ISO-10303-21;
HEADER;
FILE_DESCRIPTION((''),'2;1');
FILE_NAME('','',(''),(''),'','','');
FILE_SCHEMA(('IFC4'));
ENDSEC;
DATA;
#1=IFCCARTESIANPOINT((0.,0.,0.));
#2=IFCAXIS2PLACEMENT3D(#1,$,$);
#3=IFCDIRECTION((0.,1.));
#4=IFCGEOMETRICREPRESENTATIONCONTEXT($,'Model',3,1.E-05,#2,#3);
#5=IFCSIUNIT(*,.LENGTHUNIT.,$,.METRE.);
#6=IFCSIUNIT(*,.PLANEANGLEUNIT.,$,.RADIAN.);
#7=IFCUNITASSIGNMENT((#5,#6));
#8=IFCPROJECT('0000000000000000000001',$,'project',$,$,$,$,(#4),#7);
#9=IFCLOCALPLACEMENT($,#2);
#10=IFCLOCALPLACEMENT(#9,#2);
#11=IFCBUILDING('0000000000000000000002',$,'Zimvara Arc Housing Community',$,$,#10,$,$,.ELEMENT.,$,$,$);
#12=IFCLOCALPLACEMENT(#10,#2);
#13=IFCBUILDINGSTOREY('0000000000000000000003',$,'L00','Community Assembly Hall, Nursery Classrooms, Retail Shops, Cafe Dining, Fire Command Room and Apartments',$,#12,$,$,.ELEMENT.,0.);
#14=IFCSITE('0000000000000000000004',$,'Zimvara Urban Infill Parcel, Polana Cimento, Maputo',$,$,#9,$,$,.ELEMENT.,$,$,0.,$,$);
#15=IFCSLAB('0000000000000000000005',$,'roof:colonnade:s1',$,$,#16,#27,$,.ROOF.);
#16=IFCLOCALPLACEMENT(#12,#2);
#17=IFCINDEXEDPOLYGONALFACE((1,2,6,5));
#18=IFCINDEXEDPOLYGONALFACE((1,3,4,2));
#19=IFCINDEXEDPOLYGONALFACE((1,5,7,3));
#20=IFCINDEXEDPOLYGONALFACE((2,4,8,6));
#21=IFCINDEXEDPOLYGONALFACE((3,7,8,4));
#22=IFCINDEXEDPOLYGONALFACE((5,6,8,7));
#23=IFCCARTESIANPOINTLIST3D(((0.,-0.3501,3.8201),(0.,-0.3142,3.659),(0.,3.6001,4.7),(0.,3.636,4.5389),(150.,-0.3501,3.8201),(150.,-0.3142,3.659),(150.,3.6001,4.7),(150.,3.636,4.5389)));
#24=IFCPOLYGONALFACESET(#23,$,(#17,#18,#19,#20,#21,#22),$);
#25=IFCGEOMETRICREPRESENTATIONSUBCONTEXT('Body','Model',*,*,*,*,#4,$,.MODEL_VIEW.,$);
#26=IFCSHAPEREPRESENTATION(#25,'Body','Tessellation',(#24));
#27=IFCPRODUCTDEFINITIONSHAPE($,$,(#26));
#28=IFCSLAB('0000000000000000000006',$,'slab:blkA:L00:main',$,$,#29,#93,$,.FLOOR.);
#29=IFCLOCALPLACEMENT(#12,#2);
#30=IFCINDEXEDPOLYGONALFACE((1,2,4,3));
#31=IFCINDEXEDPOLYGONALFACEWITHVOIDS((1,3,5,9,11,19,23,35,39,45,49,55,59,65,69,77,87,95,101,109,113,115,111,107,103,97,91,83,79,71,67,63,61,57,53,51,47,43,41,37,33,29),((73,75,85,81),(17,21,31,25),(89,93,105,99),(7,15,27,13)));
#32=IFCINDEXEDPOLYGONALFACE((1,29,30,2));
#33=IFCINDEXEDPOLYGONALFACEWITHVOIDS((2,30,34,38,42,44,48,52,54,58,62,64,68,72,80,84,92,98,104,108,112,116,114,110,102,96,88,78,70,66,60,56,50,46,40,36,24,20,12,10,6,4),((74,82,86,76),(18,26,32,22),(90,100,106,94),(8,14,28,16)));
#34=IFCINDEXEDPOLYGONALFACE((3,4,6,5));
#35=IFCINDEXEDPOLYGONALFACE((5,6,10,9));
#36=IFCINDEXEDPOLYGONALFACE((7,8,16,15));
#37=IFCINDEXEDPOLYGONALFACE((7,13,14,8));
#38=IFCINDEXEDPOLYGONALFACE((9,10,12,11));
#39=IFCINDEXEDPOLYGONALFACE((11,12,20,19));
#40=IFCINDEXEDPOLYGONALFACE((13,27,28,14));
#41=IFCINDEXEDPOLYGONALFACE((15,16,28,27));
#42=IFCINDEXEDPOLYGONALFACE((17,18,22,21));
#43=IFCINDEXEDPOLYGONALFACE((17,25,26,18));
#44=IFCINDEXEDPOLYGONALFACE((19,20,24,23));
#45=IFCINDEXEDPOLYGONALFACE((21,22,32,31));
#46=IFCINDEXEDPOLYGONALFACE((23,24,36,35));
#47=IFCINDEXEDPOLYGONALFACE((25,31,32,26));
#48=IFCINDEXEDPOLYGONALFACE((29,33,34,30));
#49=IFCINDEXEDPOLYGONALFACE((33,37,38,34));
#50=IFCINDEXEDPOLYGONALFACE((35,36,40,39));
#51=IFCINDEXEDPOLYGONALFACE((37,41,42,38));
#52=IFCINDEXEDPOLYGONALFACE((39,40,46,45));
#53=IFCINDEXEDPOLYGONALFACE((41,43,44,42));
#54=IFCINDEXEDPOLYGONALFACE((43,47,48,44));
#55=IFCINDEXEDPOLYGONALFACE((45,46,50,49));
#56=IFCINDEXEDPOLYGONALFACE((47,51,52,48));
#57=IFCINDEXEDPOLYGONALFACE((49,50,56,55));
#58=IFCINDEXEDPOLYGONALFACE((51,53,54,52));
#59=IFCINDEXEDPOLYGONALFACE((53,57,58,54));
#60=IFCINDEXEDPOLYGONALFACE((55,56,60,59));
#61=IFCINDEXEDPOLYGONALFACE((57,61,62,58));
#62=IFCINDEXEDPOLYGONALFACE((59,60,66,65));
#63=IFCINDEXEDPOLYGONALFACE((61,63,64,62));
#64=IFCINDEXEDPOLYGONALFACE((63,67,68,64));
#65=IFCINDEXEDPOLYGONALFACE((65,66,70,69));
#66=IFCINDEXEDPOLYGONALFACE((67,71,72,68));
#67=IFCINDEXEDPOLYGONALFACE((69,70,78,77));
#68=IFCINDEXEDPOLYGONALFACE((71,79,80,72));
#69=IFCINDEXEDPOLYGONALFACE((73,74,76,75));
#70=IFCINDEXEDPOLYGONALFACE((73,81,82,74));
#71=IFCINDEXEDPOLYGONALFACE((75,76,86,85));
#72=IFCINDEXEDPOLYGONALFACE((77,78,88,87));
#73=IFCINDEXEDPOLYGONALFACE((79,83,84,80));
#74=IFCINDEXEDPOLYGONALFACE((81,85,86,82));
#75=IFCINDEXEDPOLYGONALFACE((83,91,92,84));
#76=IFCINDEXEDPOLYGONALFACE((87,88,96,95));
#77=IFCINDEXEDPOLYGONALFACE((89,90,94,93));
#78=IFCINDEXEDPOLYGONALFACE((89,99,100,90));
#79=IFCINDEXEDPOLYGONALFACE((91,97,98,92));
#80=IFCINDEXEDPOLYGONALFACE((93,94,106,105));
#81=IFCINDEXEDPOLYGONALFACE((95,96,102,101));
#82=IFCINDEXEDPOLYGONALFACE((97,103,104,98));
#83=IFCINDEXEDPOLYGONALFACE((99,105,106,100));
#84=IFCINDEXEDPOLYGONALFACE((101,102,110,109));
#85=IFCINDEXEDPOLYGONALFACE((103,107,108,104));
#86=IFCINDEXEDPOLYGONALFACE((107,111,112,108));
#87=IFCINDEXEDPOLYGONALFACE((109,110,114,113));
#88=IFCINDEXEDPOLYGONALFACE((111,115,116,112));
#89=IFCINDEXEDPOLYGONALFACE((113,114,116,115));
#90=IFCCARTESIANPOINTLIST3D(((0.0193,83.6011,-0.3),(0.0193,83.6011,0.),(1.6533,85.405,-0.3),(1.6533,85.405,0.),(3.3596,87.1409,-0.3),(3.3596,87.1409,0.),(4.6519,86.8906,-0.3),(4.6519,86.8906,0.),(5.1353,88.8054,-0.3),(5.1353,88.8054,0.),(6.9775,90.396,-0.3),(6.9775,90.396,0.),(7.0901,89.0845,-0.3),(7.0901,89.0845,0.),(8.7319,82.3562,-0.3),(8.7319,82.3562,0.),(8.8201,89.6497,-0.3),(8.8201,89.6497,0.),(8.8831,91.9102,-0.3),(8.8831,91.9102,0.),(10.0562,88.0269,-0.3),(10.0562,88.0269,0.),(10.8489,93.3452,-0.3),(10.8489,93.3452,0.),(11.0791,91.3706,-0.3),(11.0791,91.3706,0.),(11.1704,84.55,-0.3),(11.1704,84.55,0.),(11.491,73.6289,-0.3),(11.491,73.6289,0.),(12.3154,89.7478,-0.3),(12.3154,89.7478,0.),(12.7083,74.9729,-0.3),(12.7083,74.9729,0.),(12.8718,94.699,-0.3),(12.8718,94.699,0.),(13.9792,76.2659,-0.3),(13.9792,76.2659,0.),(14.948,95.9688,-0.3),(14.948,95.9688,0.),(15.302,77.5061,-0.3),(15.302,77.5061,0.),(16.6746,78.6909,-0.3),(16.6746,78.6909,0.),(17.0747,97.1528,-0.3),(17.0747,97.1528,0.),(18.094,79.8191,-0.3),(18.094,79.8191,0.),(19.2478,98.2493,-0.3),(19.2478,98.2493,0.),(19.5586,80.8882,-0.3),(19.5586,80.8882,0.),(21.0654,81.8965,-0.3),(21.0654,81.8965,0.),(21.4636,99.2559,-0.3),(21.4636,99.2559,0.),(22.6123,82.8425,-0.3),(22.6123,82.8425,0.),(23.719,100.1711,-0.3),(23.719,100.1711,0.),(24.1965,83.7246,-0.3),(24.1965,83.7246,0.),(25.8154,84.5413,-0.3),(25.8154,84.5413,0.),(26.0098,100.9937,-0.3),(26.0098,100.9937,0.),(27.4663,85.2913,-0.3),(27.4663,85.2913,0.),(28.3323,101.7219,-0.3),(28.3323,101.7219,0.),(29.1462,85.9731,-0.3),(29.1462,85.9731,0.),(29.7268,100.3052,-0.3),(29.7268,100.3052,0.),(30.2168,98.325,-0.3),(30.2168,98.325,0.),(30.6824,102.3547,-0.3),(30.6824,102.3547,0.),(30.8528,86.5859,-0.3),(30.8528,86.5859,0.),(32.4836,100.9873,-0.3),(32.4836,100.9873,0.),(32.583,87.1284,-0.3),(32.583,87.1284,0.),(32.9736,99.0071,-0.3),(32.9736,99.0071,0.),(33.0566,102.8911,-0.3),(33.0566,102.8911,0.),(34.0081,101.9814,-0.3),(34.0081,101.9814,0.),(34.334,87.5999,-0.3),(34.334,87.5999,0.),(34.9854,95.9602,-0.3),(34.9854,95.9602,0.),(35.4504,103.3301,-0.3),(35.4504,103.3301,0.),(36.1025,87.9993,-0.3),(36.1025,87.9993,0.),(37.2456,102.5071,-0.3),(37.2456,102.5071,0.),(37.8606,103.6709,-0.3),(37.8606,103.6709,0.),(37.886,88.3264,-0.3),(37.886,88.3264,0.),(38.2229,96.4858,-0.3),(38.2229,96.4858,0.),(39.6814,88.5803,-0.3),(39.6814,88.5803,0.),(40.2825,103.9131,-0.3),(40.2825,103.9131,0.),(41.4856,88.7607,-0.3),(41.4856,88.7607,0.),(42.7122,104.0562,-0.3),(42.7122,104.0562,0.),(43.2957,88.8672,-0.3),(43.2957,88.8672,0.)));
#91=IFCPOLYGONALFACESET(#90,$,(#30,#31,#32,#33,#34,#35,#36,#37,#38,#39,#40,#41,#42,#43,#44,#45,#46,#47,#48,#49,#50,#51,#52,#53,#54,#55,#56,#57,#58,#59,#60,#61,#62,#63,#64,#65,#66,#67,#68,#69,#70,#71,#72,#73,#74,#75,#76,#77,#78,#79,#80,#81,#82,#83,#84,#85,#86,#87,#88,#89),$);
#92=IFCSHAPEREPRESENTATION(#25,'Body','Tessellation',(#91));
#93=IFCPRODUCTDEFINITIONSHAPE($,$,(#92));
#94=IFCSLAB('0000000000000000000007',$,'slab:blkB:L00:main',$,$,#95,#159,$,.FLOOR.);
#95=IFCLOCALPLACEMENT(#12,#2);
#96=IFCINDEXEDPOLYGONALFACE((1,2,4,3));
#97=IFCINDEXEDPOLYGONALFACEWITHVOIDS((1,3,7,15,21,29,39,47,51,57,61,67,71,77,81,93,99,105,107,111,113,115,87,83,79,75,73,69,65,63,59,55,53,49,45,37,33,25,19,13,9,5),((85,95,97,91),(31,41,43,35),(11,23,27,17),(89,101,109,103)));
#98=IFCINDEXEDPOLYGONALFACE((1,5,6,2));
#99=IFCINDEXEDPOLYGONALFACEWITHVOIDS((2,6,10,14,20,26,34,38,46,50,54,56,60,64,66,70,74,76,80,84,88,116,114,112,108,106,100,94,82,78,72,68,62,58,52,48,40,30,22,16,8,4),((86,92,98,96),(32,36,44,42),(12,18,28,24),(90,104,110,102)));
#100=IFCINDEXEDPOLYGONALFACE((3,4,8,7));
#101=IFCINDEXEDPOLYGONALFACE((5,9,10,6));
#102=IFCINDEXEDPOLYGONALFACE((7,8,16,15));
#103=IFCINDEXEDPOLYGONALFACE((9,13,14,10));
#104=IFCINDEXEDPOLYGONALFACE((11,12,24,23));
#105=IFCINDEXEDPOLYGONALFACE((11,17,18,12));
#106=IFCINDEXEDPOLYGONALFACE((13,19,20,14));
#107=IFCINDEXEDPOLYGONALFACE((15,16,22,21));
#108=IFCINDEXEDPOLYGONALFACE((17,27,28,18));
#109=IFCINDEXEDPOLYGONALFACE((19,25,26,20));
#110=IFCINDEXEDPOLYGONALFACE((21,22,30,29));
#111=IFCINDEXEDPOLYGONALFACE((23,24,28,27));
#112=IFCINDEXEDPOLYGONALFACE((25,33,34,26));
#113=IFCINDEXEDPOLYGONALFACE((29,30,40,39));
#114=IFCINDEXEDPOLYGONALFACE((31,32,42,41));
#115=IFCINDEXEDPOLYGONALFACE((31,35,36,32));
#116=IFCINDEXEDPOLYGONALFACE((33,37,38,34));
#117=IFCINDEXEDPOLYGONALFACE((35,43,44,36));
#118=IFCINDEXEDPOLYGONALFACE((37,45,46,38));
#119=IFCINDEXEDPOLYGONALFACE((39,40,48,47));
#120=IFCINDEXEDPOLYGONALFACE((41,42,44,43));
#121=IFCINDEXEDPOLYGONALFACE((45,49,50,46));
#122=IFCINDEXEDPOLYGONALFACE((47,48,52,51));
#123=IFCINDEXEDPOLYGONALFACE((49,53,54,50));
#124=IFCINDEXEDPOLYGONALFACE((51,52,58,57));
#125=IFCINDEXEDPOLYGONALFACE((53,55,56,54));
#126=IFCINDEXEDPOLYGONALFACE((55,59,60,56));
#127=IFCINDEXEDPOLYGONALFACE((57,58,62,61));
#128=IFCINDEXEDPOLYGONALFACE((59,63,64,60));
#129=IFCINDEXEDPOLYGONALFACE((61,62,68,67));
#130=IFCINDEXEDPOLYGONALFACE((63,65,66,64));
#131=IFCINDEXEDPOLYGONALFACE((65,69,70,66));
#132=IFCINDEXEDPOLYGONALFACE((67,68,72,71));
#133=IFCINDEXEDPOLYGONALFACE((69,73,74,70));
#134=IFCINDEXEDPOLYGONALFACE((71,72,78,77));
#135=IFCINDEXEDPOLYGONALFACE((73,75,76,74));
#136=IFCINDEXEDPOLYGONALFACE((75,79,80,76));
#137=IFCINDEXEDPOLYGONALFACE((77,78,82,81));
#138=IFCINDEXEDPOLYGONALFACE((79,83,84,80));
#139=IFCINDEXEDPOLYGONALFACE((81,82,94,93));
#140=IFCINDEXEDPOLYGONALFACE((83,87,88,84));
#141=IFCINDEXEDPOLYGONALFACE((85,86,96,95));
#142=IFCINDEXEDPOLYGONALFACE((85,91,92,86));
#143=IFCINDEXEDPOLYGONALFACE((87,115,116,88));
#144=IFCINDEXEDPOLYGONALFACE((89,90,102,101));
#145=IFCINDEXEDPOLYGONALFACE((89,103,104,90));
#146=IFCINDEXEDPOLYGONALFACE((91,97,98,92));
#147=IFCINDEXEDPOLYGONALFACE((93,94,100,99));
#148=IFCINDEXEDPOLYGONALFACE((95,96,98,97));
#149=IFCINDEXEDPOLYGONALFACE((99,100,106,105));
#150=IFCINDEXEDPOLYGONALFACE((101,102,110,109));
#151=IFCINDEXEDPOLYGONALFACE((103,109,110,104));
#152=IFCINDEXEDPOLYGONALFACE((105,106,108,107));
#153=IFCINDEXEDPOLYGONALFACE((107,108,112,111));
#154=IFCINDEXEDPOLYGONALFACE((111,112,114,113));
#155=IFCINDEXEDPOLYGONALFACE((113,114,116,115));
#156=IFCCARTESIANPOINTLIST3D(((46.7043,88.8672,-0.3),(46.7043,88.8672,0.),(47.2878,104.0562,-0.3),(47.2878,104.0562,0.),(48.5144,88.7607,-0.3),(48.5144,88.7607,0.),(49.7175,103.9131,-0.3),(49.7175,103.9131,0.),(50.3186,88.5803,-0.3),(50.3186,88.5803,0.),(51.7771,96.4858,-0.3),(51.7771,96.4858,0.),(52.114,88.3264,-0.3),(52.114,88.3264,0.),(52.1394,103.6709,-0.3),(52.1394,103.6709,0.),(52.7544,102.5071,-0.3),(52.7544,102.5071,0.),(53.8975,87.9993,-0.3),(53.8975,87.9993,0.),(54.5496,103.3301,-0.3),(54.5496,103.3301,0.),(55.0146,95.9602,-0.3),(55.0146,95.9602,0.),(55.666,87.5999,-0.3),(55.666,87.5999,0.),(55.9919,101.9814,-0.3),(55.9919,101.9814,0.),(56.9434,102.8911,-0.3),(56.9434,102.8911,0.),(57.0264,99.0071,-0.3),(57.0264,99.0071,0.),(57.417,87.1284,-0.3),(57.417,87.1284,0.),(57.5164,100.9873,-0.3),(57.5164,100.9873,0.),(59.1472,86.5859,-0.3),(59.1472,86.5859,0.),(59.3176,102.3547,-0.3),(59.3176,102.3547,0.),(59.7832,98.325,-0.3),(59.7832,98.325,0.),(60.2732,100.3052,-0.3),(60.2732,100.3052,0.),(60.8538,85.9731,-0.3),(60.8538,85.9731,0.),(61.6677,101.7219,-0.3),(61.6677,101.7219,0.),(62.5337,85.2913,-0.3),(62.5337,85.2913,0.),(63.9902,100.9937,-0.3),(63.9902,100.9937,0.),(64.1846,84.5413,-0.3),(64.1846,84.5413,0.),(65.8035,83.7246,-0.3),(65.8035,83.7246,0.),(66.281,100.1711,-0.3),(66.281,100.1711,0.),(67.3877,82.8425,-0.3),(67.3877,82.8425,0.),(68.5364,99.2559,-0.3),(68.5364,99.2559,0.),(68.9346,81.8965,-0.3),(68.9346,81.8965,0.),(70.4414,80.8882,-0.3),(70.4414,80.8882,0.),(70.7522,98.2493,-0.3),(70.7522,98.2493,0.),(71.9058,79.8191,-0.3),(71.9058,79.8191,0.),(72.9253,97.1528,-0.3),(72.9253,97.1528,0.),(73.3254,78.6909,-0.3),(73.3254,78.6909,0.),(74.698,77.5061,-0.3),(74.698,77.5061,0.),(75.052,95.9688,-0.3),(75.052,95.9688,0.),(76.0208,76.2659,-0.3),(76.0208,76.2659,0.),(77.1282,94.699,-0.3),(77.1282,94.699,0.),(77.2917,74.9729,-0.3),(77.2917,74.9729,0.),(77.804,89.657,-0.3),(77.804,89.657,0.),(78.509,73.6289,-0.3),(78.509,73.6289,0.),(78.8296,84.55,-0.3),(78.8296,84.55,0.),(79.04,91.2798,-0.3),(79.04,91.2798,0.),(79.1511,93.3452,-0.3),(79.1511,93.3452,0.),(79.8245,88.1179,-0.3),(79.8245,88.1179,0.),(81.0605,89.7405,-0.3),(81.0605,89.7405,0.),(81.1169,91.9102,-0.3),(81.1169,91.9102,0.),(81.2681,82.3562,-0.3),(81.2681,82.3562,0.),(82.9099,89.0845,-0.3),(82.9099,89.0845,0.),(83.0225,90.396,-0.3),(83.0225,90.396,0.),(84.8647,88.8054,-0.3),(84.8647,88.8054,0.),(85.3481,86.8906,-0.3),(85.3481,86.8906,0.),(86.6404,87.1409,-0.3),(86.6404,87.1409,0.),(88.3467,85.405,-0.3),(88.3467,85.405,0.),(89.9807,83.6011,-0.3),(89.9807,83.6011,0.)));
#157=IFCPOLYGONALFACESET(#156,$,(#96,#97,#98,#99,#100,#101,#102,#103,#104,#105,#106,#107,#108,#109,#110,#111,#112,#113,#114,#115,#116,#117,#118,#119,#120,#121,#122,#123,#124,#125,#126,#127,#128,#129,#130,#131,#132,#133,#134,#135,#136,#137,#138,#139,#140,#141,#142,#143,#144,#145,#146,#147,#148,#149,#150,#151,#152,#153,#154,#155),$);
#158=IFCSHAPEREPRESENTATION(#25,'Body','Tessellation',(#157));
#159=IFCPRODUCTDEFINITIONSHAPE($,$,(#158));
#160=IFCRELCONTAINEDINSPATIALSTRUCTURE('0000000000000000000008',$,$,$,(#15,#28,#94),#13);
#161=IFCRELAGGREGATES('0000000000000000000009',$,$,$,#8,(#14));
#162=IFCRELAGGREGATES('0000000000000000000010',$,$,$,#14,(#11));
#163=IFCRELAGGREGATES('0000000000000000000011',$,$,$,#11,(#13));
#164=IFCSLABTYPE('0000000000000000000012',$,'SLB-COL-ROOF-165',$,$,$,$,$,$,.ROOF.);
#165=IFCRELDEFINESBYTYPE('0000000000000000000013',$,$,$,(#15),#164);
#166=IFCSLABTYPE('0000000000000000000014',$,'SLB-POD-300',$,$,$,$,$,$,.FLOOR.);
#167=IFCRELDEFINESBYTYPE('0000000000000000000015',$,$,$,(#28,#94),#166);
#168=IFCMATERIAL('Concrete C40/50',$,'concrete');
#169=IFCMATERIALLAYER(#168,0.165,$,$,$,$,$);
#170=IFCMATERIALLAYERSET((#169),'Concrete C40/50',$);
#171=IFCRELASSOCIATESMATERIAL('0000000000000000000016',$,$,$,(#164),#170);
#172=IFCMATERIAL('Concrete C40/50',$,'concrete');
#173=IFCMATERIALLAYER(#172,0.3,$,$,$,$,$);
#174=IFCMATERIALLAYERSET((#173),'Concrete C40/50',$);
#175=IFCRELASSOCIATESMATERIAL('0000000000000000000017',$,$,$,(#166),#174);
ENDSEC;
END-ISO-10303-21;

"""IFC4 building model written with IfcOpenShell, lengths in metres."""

from ifc_helpers import new_model, si_unit, direction, frame, origin, place, context, subcontext, project, spatial, polyline, outline, extrude, material, layer, layer_set, type_object, element, save


model = new_model("IFC4")

# Units and contexts
model_context = context("Model", 3, precision=1e-05, world=origin(), true_north=direction((0.0, 1.0)))
body_context = subcontext(model_context, "Body", "Model", "MODEL_VIEW")
ifc_project = project(units=[si_unit("LENGTHUNIT", "METRE"), si_unit("PLANEANGLEUNIT", "RADIAN")], contexts=[model_context])

# Site, building, storey
site_placement = place(None, origin())
site = spatial("IfcSite", under=ifc_project, at=site_placement, Name="Zimvara Urban Infill Parcel, Polana Cimento, Maputo", CompositionType="ELEMENT", RefElevation=0.0)
building_placement = place(site_placement, origin())
building = spatial("IfcBuilding", under=site, at=building_placement, Name="Zimvara Arc Housing Community", CompositionType="ELEMENT")
storey_placement = place(building_placement, origin())
storey = spatial("IfcBuildingStorey", under=building, at=storey_placement, Name="L00", Description="Community Assembly Hall, Nursery Classrooms, Retail Shops, Cafe Dining, Fire Command Room and Apartments", CompositionType="ELEMENT", Elevation=0.0)

# Slabs
ifc_material_1 = material(Name="Concrete C40/50", Category="concrete")
ifc_layer_1 = layer(ifc_material_1, 0.165)
ifc_layer_set_1 = layer_set([ifc_layer_1], Name="Concrete C40/50")
slab_type_1 = type_object("IfcSlabType", Name="SLB-COL-ROOF-165", PredefinedType="ROOF", material=ifc_layer_set_1)
slab_1_placement = place(storey_placement, frame((0.0, -0.3501, 3.8201), z_axis=(0.0, -0.217416, 0.976079), x_axis=(1.0, 0.0, 0.0)))
element("IfcSlab", 1, at=slab_1_placement, inside=storey, type_object=slab_type_1, Name="roof:colonnade:s1", PredefinedType="ROOF", context=body_context, shape_type="SweptSolid", body=[
    extrude(outline(polyline([(0.0, 0.0), (150.0, 0.0), (150.0, 4.047), (0.0, 4.047), (0.0, 0.0)])), origin(), (0.0, 0.0, -1.0), 0.165),
])
ifc_material_2 = material(Name="Concrete C40/50", Category="concrete")
ifc_layer_2 = layer(ifc_material_2, 0.3)
ifc_layer_set_2 = layer_set([ifc_layer_2], Name="Concrete C40/50")
slab_type_2 = type_object("IfcSlabType", Name="SLB-POD-300", PredefinedType="FLOOR", material=ifc_layer_set_2)
slab_2_placement = place(storey_placement, frame((0.0, 0.0, -0.3)))
element("IfcSlab", 2, at=slab_2_placement, inside=storey, type_object=slab_type_2, Name="slab:blkA:L00:main", PredefinedType="FLOOR", context=body_context, shape_type="SweptSolid", body=[
    extrude(outline(polyline([(11.491, 73.6289), (12.7083, 74.9729), (13.9792, 76.2659), (15.302, 77.5061), (16.6746, 78.6909), (18.094, 79.8191), (19.5586, 80.8882), (21.0654, 81.8965), (22.6123, 82.8425), (24.1965, 83.7246), (25.8154, 84.5413), (27.4663, 85.2913), (29.1462, 85.9731), (30.8528, 86.5859), (32.583, 87.1284), (34.334, 87.5999), (36.1025, 87.9993), (37.886, 88.3264), (39.6814, 88.5803), (41.4856, 88.7607), (43.2957, 88.8672), (42.7122, 104.0562), (40.2825, 103.9131), (37.8606, 103.6709), (35.4504, 103.3301), (33.0566, 102.8911), (30.6824, 102.3547), (28.3323, 101.7219), (26.0098, 100.9937), (23.719, 100.1711), (21.4636, 99.2559), (19.2478, 98.2493), (17.0747, 97.1528), (14.948, 95.9688), (12.8718, 94.699), (10.8489, 93.3452), (8.8831, 91.9102), (6.9775, 90.396), (5.1353, 88.8054), (3.3596, 87.1409), (1.6533, 85.405), (0.0193, 83.6011), (11.491, 73.6289)]), holes=[polyline([(8.7319, 82.3562), (4.6519, 86.8906), (7.0901, 89.0845), (11.1704, 84.55), (8.7319, 82.3562)]), polyline([(34.9854, 95.9602), (34.0081, 101.9814), (37.2456, 102.5071), (38.2229, 96.4858), (34.9854, 95.9602)]), polyline([(10.0562, 88.0269), (8.8201, 89.6497), (11.0791, 91.3706), (12.3154, 89.7478), (10.0562, 88.0269)]), polyline([(30.2168, 98.325), (29.7268, 100.3052), (32.4836, 100.9873), (32.9736, 99.0071), (30.2168, 98.325)])]), origin(), (0.0, 0.0, 1.0), 0.3),
])
slab_3_placement = place(storey_placement, frame((0.0, 0.0, -0.3)))
element("IfcSlab", 3, at=slab_3_placement, inside=storey, type_object=slab_type_2, Name="slab:blkB:L00:main", PredefinedType="FLOOR", context=body_context, shape_type="SweptSolid", body=[
    extrude(outline(polyline([(46.7043, 88.8672), (48.5144, 88.7607), (50.3186, 88.5803), (52.114, 88.3264), (53.8975, 87.9993), (55.666, 87.5999), (57.417, 87.1284), (59.1472, 86.5859), (60.8538, 85.9731), (62.5337, 85.2913), (64.1846, 84.5413), (65.8035, 83.7246), (67.3877, 82.8425), (68.9346, 81.8965), (70.4414, 80.8882), (71.9058, 79.8191), (73.3254, 78.6909), (74.698, 77.5061), (76.0208, 76.2659), (77.2917, 74.9729), (78.509, 73.6289), (89.9807, 83.6011), (88.3467, 85.405), (86.6404, 87.1409), (84.8647, 88.8054), (83.0225, 90.396), (81.1169, 91.9102), (79.1511, 93.3452), (77.1282, 94.699), (75.052, 95.9688), (72.9253, 97.1528), (70.7522, 98.2493), (68.5364, 99.2559), (66.281, 100.1711), (63.9902, 100.9937), (61.6677, 101.7219), (59.3176, 102.3547), (56.9434, 102.8911), (54.5496, 103.3301), (52.1394, 103.6709), (49.7175, 103.9131), (47.2878, 104.0562), (46.7043, 88.8672)]), holes=[polyline([(51.7771, 96.4858), (52.7544, 102.5071), (55.9919, 101.9814), (55.0146, 95.9602), (51.7771, 96.4858)]), polyline([(78.8296, 84.55), (82.9099, 89.0845), (85.3481, 86.8906), (81.2681, 82.3562), (78.8296, 84.55)]), polyline([(57.0264, 99.0071), (57.5164, 100.9873), (60.2732, 100.3052), (59.7832, 98.325), (57.0264, 99.0071)]), polyline([(77.804, 89.657), (79.04, 91.2798), (81.0605, 89.7405), (79.8245, 88.1179), (77.804, 89.657)])]), origin(), (0.0, 0.0, 1.0), 0.3),
])

save(model, "model.ifc")
